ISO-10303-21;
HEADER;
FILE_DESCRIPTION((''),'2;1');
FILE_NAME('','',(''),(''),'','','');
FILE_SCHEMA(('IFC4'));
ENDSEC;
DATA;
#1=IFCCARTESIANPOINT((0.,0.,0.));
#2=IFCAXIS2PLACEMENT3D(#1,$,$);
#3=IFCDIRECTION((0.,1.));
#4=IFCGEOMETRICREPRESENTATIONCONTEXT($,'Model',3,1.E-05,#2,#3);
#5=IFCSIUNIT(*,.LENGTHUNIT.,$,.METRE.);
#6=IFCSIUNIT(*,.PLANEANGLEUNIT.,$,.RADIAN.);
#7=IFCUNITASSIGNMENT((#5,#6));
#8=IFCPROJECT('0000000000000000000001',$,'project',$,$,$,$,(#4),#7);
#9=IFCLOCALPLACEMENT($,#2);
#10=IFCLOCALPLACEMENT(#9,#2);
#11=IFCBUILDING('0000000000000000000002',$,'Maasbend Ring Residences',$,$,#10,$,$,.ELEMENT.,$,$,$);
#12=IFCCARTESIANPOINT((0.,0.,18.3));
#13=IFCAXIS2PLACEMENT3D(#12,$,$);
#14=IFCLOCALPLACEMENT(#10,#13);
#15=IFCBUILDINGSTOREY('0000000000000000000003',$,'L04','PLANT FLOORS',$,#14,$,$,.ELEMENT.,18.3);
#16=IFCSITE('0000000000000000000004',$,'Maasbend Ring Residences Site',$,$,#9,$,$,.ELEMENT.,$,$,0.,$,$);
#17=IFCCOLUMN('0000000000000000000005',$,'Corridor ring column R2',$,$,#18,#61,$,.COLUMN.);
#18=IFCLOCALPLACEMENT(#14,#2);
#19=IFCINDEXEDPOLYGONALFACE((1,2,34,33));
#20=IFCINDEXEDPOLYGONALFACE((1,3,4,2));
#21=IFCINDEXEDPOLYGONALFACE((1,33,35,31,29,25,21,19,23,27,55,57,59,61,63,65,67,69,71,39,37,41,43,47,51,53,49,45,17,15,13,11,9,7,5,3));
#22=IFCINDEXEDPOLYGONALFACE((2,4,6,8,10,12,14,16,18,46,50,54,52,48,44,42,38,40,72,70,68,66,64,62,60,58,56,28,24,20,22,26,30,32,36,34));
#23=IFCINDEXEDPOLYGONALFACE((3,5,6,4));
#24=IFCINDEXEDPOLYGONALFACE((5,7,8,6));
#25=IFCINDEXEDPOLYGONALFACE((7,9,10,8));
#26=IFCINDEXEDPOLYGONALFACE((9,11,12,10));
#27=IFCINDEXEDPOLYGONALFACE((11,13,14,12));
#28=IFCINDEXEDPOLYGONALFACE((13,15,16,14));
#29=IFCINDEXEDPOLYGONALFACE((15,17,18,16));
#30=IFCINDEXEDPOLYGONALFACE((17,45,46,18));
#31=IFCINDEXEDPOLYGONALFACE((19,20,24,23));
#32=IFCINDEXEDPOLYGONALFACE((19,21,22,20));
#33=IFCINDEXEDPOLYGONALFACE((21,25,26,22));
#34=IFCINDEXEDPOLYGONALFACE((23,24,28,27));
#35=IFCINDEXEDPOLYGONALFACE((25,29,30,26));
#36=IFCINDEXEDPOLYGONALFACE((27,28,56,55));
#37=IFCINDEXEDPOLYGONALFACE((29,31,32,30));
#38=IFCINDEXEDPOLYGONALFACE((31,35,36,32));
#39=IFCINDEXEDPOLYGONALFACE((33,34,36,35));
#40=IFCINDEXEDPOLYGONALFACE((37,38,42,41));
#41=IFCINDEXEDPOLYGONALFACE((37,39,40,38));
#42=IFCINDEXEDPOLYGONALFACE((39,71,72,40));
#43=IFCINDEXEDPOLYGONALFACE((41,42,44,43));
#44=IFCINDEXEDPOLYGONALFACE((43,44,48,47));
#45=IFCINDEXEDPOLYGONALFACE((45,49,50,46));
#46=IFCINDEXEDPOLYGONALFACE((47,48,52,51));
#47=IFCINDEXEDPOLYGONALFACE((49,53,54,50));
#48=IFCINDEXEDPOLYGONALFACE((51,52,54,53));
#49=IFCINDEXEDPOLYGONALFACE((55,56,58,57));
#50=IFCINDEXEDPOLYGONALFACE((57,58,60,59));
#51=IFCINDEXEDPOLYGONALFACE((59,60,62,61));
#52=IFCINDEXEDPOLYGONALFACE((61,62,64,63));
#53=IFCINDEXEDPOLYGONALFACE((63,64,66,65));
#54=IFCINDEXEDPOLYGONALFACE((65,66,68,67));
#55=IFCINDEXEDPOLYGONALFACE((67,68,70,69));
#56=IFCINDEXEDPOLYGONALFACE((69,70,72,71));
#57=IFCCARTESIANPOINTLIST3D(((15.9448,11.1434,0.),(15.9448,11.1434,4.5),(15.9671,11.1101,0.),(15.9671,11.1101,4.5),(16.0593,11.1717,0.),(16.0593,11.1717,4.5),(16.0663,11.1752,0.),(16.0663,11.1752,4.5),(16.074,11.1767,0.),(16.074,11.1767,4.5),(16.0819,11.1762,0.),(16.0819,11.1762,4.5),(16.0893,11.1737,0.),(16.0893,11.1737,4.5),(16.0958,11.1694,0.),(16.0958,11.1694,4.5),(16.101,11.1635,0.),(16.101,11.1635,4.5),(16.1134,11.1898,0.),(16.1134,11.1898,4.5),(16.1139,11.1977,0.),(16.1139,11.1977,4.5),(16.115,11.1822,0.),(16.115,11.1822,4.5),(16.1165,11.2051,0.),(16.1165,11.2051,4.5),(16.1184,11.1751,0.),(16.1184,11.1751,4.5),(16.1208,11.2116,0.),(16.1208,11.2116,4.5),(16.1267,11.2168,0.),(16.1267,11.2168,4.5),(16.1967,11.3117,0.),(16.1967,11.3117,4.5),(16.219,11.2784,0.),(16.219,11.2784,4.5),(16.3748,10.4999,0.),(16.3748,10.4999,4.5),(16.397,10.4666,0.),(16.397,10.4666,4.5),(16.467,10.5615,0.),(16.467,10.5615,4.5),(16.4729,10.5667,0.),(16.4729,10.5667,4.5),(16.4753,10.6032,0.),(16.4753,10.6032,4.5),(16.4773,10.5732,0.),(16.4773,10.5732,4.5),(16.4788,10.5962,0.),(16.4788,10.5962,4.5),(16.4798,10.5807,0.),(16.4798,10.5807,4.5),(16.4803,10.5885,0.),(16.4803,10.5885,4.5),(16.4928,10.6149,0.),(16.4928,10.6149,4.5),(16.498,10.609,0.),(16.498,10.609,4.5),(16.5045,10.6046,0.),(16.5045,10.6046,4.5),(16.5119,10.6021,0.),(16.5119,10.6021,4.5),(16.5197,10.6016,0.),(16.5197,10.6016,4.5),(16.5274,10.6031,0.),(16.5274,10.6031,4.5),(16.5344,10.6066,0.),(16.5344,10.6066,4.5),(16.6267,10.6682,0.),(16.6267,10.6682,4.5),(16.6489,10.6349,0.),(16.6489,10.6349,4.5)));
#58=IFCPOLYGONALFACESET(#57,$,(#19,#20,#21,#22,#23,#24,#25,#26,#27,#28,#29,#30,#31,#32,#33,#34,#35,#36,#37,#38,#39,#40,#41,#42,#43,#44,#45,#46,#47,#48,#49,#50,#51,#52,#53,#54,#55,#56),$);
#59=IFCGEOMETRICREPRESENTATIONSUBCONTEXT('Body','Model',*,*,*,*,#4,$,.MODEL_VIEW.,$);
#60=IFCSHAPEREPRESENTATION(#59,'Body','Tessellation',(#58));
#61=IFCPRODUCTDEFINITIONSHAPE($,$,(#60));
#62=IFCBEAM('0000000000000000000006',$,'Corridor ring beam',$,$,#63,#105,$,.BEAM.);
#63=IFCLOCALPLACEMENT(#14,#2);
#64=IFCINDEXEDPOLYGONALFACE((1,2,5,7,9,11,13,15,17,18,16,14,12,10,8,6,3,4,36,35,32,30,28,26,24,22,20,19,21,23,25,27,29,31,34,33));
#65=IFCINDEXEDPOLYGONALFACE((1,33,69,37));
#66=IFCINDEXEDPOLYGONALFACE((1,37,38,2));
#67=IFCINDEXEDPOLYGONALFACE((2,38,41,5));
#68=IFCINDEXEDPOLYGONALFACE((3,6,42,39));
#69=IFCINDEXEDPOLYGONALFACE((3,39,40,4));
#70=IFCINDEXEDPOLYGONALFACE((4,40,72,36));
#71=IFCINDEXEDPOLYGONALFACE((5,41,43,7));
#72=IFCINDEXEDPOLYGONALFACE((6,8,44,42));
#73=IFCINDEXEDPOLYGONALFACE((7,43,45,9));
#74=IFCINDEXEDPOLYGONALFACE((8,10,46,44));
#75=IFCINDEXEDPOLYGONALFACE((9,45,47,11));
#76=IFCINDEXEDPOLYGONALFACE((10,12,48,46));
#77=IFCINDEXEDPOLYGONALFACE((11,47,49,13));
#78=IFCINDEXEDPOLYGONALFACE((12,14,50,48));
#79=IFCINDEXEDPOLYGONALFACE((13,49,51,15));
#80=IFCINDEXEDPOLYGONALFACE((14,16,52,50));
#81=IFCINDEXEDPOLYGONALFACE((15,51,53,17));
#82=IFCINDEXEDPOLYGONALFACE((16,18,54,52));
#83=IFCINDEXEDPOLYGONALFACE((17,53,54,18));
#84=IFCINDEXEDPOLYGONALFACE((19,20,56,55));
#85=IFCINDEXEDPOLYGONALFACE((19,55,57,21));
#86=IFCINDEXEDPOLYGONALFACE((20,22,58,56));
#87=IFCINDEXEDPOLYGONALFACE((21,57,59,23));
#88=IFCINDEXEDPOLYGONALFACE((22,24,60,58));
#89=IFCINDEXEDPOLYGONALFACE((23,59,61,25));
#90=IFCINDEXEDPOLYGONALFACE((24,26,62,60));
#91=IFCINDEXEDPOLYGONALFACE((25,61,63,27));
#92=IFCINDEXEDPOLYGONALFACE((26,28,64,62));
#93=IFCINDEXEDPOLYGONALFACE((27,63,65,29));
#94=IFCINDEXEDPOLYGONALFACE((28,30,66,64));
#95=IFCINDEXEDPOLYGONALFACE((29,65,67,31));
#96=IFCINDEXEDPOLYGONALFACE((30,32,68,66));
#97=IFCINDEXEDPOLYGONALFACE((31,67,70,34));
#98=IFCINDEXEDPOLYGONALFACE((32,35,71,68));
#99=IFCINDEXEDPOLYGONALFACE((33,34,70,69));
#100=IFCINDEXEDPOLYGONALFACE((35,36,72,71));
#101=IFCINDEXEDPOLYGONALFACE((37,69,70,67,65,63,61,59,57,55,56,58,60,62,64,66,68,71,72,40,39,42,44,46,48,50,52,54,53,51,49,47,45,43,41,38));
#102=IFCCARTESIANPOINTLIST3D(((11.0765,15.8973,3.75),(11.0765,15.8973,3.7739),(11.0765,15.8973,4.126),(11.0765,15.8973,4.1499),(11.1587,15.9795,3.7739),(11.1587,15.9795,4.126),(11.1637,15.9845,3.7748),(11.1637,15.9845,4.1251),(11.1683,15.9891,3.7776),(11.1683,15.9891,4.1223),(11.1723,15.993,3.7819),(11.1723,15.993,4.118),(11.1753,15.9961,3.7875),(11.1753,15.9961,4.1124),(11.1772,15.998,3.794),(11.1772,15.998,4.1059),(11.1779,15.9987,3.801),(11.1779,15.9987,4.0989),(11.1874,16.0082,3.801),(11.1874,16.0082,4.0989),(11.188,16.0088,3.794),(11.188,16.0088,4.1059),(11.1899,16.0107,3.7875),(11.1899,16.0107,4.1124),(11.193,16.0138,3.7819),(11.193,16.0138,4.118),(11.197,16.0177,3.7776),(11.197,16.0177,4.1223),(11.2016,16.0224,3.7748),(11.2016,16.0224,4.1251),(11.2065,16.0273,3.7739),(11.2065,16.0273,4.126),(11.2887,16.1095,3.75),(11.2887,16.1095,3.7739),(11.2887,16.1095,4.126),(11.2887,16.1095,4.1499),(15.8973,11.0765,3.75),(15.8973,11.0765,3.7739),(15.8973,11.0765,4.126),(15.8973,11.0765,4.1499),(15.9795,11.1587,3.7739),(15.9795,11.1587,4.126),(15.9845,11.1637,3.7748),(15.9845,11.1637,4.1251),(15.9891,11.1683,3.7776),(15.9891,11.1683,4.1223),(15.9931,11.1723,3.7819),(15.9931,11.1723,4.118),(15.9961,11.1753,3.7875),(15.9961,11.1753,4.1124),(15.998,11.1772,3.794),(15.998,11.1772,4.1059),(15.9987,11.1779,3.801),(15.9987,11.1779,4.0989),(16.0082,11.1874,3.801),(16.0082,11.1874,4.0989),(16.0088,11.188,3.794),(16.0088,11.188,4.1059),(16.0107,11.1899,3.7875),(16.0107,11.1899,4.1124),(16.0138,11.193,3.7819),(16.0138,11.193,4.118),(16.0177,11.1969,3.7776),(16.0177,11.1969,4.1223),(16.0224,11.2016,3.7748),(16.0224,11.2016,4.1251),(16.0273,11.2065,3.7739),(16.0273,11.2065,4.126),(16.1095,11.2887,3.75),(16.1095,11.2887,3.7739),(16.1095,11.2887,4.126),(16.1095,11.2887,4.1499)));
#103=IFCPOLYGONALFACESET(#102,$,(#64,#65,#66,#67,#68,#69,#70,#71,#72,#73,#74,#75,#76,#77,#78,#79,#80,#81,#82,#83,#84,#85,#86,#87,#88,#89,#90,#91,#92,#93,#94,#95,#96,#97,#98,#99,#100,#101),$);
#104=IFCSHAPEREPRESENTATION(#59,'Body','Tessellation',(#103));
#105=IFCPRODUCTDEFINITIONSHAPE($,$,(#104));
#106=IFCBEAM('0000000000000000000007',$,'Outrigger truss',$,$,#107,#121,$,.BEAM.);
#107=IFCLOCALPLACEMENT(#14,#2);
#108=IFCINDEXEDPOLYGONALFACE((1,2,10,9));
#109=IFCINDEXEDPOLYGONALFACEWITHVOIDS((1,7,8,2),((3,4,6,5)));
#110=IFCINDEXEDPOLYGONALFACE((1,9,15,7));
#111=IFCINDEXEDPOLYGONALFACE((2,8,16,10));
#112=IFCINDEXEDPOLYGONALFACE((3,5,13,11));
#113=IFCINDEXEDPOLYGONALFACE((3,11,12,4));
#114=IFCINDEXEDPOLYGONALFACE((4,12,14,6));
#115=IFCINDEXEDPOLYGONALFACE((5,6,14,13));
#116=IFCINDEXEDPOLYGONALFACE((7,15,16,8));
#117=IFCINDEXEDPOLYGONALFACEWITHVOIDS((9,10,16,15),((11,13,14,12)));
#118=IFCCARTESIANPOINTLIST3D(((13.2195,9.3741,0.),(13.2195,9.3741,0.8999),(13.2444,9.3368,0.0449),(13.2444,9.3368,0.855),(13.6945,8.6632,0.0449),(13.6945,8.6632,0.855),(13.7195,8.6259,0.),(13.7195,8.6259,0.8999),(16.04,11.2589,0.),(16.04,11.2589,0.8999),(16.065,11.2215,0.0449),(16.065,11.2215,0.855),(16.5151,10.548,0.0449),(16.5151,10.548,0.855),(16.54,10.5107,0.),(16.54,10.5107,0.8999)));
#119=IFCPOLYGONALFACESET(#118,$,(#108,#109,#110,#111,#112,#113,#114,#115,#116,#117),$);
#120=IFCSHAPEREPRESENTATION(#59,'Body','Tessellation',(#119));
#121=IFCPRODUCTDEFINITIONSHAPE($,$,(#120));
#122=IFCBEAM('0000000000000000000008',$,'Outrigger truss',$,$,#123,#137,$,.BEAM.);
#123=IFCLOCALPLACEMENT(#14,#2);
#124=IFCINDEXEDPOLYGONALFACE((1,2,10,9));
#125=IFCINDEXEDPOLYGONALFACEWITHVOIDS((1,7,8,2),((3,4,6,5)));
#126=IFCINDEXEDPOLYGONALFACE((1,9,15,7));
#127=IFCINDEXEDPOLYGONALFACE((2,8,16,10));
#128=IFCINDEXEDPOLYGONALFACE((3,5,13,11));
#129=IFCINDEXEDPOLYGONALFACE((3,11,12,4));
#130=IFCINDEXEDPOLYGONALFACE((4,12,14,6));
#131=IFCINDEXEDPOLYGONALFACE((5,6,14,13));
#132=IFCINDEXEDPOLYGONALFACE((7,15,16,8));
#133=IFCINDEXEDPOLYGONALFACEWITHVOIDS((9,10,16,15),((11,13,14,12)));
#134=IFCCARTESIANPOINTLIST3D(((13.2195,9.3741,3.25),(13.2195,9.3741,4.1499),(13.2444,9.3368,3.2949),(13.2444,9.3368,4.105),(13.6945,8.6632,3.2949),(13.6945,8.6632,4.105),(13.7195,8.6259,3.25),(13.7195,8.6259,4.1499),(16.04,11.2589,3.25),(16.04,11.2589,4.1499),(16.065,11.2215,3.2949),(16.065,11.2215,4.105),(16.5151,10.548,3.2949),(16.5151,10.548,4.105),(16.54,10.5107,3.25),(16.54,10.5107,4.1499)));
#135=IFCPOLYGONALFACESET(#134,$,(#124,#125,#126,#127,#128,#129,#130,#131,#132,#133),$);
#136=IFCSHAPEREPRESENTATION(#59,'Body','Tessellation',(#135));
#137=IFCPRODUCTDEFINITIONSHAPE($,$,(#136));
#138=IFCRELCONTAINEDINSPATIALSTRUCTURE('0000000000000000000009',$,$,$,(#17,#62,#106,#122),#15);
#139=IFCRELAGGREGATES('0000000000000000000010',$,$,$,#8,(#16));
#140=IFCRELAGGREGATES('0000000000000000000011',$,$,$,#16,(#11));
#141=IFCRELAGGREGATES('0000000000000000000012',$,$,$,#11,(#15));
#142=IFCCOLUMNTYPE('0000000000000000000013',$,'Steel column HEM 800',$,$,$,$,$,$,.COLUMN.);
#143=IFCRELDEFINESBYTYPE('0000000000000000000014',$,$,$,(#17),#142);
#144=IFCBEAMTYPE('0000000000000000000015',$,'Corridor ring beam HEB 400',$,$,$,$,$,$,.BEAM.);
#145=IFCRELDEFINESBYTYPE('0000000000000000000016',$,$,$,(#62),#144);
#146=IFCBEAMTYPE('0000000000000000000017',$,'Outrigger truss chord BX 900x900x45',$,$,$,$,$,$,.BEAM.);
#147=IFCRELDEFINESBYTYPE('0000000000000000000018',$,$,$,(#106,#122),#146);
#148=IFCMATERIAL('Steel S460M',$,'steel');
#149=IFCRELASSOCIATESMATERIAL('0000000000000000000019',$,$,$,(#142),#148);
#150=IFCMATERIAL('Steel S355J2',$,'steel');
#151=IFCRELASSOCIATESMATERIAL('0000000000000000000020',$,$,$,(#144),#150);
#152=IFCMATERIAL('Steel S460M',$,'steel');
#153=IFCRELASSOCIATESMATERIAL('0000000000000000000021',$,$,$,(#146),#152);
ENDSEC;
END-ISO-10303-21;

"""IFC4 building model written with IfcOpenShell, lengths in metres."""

from ifc_helpers import new_model, si_unit, direction, frame, origin, origin_2d, place, context, subcontext, project, spatial, hollow_rectangle, i_section, extrude, material, material_profile, profile_set, type_object, element, save


model = new_model("IFC4")

# Units and contexts
model_context = context("Model", 3, precision=1e-05, world=origin(), true_north=direction((0.0, 1.0)))
body_context = subcontext(model_context, "Body", "Model", "MODEL_VIEW")
ifc_project = project(units=[si_unit("LENGTHUNIT", "METRE"), si_unit("PLANEANGLEUNIT", "RADIAN")], contexts=[model_context])

# Site, building, storey
site_placement = place(None, origin())
site = spatial("IfcSite", under=ifc_project, at=site_placement, Name="Maasbend Ring Residences Site", CompositionType="ELEMENT", RefElevation=0.0)
building_placement = place(site_placement, origin())
building = spatial("IfcBuilding", under=site, at=building_placement, Name="Maasbend Ring Residences", CompositionType="ELEMENT")
storey_placement = place(building_placement, frame((0.0, 0.0, 18.3)))
storey = spatial("IfcBuildingStorey", under=building, at=storey_placement, Name="L04", Description="PLANT FLOORS", CompositionType="ELEMENT", Elevation=18.3)

# Column
ifc_material_1 = material(Name="Steel S460M", Category="steel")
ifc_material_profile_1 = material_profile(ifc_material_1, i_section(OverallWidth=0.303, OverallDepth=0.814, WebThickness=0.021, FlangeThickness=0.04, FilletRadius=0.03, at=origin_2d()), Name="HEM 800")
ifc_profile_set_1 = profile_set([ifc_material_profile_1], Name="Steel S460M")
column_type = type_object("IfcColumnType", Name="Steel column HEM 800", PredefinedType="COLUMN", material=ifc_profile_set_1)
column_placement = place(storey_placement, frame((16.2969, 10.8892, 0.0), z_axis=(0.0, 0.0, 1.0), x_axis=(0.83147, 0.55557, 0.0)))
element("IfcColumn", 1, at=column_placement, inside=storey, type_object=column_type, Name="Corridor ring column R2", PredefinedType="COLUMN", context=body_context, shape_type="SweptSolid", body=[
    extrude(i_section(OverallWidth=0.303, OverallDepth=0.814, WebThickness=0.021, FlangeThickness=0.04, FilletRadius=0.03, at=origin_2d()), origin(), (0.0, 0.0, 1.0), 4.5),
])

# Beams
ifc_material_2 = material(Name="Steel S355J2", Category="steel")
ifc_material_profile_2 = material_profile(ifc_material_2, i_section(OverallWidth=0.3, OverallDepth=0.3999, WebThickness=0.0134, FlangeThickness=0.0239, FilletRadius=0.0271, at=origin_2d()), Name="HEB 400")
ifc_profile_set_2 = profile_set([ifc_material_profile_2], Name="Steel S355J2")
beam_type_1 = type_object("IfcBeamType", Name="Corridor ring beam HEB 400", PredefinedType="BEAM", material=ifc_profile_set_2)
beam_placement = place(storey_placement, frame((16.0034, 11.1826, 3.95), z_axis=(-0.707107, 0.707107, 0.0), x_axis=(-0.707107, -0.707107, 0.0)))
element("IfcBeam", 2, at=beam_placement, inside=storey, type_object=beam_type_1, Name="Corridor ring beam", PredefinedType="BEAM", context=body_context, shape_type="SweptSolid", body=[
    extrude(i_section(OverallWidth=0.3, OverallDepth=0.3999, WebThickness=0.0134, FlangeThickness=0.0239, FilletRadius=0.0271, at=origin_2d()), origin(), (0.0, 0.0, 1.0), 6.8176),
])
ifc_material_3 = material(Name="Steel S460M", Category="steel")
ifc_material_profile_3 = material_profile(ifc_material_3, hollow_rectangle(XDim=0.8999, YDim=0.8999, WallThickness=0.0449, at=origin_2d()), Name="Outrigger truss chord BX 900x900x45")
ifc_profile_set_3 = profile_set([ifc_material_profile_3], Name="Steel S460M")
beam_type_2 = type_object("IfcBeamType", Name="Outrigger truss chord BX 900x900x45", PredefinedType="BEAM", material=ifc_profile_set_3)
for number, where, z_axis, x_axis, name in (
    (3, (16.29, 10.8848, 0.45), (-0.831452, -0.555597, 0.0), (0.555597, -0.831452, 0.0), "Outrigger truss"),
    (4, (16.29, 10.8848, 3.7), (-0.831452, -0.555597, 0.0), (0.555597, -0.831452, 0.0), "Outrigger truss"),
):
    element("IfcBeam", number, at=place(storey_placement, frame(where, z_axis=z_axis, x_axis=x_axis)), inside=storey, type_object=beam_type_2, Name=name, PredefinedType="BEAM", context=body_context, shape_type="SweptSolid", body=[
        extrude(hollow_rectangle(XDim=0.8999, YDim=0.8999, WallThickness=0.0449, at=origin_2d()), origin(), (0.0, 0.0, 1.0), 3.3923),
    ])

save(model, "model.ifc")
